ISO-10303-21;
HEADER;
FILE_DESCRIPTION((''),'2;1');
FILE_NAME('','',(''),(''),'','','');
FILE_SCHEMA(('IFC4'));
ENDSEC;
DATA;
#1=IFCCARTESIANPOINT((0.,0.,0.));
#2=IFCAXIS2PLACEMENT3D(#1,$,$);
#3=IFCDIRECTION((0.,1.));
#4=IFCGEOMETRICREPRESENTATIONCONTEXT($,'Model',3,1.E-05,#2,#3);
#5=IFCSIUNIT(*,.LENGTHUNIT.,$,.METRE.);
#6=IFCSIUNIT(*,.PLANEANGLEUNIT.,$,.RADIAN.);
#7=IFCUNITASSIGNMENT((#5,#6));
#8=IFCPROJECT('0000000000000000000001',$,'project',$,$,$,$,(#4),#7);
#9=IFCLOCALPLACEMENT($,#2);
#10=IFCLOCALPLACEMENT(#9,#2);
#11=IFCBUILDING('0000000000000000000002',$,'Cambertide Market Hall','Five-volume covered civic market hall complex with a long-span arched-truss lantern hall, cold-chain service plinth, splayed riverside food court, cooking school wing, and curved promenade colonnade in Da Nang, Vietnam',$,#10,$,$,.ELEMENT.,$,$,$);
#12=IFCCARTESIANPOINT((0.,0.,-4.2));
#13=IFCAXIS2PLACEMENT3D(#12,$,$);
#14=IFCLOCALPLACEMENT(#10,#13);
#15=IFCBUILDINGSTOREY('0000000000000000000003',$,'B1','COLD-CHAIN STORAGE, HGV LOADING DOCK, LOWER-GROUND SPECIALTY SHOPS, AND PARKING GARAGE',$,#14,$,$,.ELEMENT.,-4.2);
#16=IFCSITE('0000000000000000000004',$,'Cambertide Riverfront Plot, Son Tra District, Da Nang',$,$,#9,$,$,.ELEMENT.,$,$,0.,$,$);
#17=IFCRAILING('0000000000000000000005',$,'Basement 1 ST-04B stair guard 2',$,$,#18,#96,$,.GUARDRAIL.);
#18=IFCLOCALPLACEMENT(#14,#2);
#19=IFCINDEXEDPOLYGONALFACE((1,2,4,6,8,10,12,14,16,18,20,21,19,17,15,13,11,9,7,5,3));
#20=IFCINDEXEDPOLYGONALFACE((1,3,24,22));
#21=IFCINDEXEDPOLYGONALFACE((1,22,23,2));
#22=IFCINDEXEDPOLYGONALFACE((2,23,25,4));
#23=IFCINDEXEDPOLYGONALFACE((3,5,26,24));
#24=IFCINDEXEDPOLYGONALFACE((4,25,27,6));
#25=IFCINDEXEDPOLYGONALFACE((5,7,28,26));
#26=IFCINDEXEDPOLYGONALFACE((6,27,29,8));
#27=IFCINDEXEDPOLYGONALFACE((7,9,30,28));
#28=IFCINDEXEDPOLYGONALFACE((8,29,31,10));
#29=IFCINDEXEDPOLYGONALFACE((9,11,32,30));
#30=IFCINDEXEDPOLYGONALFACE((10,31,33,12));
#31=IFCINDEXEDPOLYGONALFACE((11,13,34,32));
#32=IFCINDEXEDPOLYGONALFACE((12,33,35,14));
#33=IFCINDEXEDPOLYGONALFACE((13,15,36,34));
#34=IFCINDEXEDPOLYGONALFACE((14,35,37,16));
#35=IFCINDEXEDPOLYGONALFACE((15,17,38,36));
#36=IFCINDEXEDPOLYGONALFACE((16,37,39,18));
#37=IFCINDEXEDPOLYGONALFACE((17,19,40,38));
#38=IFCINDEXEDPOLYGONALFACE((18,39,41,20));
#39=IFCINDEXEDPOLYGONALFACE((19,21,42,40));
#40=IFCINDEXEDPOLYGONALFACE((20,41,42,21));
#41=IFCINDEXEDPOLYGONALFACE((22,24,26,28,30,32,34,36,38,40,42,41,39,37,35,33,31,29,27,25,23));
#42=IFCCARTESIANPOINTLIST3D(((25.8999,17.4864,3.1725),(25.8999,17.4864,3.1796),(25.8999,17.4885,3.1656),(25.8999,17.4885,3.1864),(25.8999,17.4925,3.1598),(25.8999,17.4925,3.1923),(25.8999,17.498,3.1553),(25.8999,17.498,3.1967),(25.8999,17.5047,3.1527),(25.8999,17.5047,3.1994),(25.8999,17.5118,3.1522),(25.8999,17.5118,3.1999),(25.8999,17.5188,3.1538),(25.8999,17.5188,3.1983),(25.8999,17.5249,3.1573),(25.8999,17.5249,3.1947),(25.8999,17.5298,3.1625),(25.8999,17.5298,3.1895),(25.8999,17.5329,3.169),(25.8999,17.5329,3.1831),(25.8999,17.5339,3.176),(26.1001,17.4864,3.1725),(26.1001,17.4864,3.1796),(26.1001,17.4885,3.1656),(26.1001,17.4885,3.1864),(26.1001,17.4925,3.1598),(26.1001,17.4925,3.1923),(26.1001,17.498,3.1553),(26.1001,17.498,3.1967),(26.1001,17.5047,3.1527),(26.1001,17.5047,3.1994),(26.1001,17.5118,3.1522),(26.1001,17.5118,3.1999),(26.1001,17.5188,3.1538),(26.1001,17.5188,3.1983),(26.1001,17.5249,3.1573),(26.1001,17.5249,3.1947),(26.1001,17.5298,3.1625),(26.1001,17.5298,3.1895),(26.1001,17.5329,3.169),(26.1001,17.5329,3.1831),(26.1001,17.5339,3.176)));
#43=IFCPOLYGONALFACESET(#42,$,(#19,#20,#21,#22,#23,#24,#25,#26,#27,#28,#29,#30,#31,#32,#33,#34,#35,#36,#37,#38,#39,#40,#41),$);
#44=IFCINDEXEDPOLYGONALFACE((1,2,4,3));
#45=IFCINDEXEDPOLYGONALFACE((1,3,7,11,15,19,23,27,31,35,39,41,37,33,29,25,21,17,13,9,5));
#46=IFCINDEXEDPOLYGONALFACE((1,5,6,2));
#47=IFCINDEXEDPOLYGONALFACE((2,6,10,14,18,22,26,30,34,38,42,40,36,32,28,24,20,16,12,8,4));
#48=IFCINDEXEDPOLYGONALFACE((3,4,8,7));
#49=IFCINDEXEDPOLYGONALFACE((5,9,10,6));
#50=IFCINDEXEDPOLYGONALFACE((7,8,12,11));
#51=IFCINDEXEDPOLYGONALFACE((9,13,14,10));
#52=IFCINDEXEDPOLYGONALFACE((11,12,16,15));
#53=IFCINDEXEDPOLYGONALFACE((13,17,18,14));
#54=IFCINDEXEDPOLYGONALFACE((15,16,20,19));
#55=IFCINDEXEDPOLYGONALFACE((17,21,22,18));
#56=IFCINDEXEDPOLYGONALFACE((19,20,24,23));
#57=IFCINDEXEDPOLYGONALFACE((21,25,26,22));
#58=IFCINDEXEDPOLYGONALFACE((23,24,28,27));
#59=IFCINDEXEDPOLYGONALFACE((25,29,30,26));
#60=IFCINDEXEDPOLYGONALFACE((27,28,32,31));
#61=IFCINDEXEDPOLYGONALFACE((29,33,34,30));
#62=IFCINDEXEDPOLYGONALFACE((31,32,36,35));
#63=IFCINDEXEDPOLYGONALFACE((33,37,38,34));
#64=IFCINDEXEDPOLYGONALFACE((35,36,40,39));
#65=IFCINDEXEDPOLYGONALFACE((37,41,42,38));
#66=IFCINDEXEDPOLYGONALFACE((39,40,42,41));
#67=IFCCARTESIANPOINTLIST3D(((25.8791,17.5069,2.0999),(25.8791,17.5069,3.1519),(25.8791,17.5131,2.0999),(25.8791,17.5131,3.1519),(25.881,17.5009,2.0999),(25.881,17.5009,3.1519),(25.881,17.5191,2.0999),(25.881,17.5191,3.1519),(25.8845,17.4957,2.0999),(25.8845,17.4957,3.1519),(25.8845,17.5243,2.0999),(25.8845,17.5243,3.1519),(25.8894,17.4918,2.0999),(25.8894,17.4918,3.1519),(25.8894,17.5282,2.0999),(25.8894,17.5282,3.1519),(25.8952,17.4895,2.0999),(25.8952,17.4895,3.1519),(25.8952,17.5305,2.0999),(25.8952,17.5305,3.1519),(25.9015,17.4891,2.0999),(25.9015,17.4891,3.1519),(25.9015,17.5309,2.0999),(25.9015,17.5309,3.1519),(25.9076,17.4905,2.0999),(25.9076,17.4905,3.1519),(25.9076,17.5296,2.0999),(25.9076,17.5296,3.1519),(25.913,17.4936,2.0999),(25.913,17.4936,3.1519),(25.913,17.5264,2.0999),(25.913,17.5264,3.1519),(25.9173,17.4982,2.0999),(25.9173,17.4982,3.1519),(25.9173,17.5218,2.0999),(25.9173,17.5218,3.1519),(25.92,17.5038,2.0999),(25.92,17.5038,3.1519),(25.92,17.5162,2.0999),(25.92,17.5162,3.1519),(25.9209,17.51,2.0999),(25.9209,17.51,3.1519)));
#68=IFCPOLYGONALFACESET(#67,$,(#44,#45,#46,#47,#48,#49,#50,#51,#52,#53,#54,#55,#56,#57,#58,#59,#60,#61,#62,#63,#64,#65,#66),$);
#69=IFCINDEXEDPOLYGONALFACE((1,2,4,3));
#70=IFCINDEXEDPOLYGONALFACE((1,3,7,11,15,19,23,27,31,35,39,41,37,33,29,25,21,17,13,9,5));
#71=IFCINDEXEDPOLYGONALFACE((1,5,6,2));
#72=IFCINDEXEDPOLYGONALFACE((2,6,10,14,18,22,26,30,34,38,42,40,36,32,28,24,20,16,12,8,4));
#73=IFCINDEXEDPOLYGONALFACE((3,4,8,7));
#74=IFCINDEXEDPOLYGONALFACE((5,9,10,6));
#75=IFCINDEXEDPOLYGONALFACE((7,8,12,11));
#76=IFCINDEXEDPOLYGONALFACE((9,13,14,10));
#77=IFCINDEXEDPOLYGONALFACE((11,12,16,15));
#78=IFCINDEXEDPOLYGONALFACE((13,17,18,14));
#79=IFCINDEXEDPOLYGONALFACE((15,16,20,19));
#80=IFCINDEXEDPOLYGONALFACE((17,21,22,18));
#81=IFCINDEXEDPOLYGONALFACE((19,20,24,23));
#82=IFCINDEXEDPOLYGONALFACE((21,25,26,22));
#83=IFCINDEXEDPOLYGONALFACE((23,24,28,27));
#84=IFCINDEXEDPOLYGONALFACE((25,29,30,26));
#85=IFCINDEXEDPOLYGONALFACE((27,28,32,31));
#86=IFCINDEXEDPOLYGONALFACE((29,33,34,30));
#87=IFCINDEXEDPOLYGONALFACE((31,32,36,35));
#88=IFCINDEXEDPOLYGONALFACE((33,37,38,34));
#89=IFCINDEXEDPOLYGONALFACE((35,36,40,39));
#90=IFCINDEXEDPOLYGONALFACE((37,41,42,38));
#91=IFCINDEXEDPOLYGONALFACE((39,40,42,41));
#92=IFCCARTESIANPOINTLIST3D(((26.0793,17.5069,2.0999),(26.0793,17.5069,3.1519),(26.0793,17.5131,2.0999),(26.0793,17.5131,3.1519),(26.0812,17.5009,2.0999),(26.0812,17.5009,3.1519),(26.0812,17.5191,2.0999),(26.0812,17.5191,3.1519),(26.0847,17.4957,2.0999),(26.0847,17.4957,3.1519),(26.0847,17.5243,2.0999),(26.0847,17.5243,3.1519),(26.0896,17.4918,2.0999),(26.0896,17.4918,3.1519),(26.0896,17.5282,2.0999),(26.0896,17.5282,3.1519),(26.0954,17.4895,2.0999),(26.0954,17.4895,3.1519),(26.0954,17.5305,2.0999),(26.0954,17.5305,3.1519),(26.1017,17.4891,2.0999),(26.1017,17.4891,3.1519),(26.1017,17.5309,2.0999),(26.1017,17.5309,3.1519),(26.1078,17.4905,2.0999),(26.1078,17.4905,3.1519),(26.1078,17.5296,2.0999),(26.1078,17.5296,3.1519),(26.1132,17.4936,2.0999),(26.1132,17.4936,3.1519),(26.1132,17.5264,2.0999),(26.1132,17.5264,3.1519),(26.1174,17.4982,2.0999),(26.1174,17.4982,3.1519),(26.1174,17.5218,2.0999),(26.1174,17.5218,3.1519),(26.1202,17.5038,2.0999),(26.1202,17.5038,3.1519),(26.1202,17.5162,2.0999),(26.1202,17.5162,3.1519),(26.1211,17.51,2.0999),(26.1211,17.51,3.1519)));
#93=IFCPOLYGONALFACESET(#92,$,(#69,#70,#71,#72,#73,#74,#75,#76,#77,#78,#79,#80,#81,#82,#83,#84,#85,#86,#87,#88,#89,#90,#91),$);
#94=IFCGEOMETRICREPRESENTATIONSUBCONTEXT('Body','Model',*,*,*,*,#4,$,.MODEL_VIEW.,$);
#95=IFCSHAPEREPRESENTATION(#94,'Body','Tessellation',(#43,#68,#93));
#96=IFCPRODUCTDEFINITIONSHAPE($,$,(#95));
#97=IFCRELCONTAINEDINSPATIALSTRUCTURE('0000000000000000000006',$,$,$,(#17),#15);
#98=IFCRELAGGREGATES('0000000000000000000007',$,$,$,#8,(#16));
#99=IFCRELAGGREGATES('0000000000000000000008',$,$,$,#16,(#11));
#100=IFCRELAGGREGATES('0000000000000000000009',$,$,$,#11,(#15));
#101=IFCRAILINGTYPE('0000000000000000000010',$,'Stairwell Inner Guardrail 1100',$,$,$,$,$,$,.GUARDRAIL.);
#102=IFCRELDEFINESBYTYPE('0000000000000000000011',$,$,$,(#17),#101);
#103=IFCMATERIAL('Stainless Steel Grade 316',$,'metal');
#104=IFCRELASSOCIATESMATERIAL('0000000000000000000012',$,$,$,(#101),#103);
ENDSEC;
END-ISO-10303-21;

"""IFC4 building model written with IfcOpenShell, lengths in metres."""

from ifc_helpers import new_model, si_unit, direction, frame, origin, origin_2d, place, context, subcontext, project, spatial, circle, extrude, material, type_object, element, save


model = new_model("IFC4")

# Units and contexts
model_context = context("Model", 3, precision=1e-05, world=origin(), true_north=direction((0.0, 1.0)))
body_context = subcontext(model_context, "Body", "Model", "MODEL_VIEW")
ifc_project = project(units=[si_unit("LENGTHUNIT", "METRE"), si_unit("PLANEANGLEUNIT", "RADIAN")], contexts=[model_context])

# Site, building, storey
site_placement = place(None, origin())
site = spatial("IfcSite", under=ifc_project, at=site_placement, Name="Cambertide Riverfront Plot, Son Tra District, Da Nang", CompositionType="ELEMENT", RefElevation=0.0)
building_placement = place(site_placement, origin())
building = spatial("IfcBuilding", under=site, at=building_placement, Name="Cambertide Market Hall", Description="Five-volume covered civic market hall complex with a long-span arched-truss lantern hall, cold-chain service plinth, splayed riverside food court, cooking school wing, and curved promenade colonnade in Da Nang, Vietnam", CompositionType="ELEMENT")
storey_placement = place(building_placement, frame((0.0, 0.0, -4.2)))
storey = spatial("IfcBuildingStorey", under=building, at=storey_placement, Name="B1", Description="COLD-CHAIN STORAGE, HGV LOADING DOCK, LOWER-GROUND SPECIALTY SHOPS, AND PARKING GARAGE", CompositionType="ELEMENT", Elevation=-4.2)

# Railing
ifc_material_1 = material(Name="Stainless Steel Grade 316", Category="metal")
railing_type_1 = type_object("IfcRailingType", Name="Stairwell Inner Guardrail 1100", PredefinedType="GUARDRAIL", material=ifc_material_1)
railing_1_placement = place(storey_placement, frame((25.8999, 17.51, 2.0999)))
element("IfcRailing", 1, at=railing_1_placement, inside=storey, type_object=railing_type_1, Name="Basement 1 ST-04B stair guard 2", PredefinedType="GUARDRAIL", context=body_context, shape_type="SweptSolid", body=[
    extrude(circle(Radius=0.0239, at=origin_2d()), frame((0.0, 0.0, 1.0762), z_axis=(1.0, 0.0, 0.0), x_axis=(0.0, 1.0, 0.0)), (0.0, 0.0, 1.0), 0.2002),
    extrude(circle(Radius=0.021, at=origin_2d()), origin(), (0.0, 0.0, 1.0), 1.052),
    extrude(circle(Radius=0.021, at=origin_2d()), frame((0.2002, 0.0, 0.0)), (0.0, 0.0, 1.0), 1.052),
])

save(model, "model.ifc")
